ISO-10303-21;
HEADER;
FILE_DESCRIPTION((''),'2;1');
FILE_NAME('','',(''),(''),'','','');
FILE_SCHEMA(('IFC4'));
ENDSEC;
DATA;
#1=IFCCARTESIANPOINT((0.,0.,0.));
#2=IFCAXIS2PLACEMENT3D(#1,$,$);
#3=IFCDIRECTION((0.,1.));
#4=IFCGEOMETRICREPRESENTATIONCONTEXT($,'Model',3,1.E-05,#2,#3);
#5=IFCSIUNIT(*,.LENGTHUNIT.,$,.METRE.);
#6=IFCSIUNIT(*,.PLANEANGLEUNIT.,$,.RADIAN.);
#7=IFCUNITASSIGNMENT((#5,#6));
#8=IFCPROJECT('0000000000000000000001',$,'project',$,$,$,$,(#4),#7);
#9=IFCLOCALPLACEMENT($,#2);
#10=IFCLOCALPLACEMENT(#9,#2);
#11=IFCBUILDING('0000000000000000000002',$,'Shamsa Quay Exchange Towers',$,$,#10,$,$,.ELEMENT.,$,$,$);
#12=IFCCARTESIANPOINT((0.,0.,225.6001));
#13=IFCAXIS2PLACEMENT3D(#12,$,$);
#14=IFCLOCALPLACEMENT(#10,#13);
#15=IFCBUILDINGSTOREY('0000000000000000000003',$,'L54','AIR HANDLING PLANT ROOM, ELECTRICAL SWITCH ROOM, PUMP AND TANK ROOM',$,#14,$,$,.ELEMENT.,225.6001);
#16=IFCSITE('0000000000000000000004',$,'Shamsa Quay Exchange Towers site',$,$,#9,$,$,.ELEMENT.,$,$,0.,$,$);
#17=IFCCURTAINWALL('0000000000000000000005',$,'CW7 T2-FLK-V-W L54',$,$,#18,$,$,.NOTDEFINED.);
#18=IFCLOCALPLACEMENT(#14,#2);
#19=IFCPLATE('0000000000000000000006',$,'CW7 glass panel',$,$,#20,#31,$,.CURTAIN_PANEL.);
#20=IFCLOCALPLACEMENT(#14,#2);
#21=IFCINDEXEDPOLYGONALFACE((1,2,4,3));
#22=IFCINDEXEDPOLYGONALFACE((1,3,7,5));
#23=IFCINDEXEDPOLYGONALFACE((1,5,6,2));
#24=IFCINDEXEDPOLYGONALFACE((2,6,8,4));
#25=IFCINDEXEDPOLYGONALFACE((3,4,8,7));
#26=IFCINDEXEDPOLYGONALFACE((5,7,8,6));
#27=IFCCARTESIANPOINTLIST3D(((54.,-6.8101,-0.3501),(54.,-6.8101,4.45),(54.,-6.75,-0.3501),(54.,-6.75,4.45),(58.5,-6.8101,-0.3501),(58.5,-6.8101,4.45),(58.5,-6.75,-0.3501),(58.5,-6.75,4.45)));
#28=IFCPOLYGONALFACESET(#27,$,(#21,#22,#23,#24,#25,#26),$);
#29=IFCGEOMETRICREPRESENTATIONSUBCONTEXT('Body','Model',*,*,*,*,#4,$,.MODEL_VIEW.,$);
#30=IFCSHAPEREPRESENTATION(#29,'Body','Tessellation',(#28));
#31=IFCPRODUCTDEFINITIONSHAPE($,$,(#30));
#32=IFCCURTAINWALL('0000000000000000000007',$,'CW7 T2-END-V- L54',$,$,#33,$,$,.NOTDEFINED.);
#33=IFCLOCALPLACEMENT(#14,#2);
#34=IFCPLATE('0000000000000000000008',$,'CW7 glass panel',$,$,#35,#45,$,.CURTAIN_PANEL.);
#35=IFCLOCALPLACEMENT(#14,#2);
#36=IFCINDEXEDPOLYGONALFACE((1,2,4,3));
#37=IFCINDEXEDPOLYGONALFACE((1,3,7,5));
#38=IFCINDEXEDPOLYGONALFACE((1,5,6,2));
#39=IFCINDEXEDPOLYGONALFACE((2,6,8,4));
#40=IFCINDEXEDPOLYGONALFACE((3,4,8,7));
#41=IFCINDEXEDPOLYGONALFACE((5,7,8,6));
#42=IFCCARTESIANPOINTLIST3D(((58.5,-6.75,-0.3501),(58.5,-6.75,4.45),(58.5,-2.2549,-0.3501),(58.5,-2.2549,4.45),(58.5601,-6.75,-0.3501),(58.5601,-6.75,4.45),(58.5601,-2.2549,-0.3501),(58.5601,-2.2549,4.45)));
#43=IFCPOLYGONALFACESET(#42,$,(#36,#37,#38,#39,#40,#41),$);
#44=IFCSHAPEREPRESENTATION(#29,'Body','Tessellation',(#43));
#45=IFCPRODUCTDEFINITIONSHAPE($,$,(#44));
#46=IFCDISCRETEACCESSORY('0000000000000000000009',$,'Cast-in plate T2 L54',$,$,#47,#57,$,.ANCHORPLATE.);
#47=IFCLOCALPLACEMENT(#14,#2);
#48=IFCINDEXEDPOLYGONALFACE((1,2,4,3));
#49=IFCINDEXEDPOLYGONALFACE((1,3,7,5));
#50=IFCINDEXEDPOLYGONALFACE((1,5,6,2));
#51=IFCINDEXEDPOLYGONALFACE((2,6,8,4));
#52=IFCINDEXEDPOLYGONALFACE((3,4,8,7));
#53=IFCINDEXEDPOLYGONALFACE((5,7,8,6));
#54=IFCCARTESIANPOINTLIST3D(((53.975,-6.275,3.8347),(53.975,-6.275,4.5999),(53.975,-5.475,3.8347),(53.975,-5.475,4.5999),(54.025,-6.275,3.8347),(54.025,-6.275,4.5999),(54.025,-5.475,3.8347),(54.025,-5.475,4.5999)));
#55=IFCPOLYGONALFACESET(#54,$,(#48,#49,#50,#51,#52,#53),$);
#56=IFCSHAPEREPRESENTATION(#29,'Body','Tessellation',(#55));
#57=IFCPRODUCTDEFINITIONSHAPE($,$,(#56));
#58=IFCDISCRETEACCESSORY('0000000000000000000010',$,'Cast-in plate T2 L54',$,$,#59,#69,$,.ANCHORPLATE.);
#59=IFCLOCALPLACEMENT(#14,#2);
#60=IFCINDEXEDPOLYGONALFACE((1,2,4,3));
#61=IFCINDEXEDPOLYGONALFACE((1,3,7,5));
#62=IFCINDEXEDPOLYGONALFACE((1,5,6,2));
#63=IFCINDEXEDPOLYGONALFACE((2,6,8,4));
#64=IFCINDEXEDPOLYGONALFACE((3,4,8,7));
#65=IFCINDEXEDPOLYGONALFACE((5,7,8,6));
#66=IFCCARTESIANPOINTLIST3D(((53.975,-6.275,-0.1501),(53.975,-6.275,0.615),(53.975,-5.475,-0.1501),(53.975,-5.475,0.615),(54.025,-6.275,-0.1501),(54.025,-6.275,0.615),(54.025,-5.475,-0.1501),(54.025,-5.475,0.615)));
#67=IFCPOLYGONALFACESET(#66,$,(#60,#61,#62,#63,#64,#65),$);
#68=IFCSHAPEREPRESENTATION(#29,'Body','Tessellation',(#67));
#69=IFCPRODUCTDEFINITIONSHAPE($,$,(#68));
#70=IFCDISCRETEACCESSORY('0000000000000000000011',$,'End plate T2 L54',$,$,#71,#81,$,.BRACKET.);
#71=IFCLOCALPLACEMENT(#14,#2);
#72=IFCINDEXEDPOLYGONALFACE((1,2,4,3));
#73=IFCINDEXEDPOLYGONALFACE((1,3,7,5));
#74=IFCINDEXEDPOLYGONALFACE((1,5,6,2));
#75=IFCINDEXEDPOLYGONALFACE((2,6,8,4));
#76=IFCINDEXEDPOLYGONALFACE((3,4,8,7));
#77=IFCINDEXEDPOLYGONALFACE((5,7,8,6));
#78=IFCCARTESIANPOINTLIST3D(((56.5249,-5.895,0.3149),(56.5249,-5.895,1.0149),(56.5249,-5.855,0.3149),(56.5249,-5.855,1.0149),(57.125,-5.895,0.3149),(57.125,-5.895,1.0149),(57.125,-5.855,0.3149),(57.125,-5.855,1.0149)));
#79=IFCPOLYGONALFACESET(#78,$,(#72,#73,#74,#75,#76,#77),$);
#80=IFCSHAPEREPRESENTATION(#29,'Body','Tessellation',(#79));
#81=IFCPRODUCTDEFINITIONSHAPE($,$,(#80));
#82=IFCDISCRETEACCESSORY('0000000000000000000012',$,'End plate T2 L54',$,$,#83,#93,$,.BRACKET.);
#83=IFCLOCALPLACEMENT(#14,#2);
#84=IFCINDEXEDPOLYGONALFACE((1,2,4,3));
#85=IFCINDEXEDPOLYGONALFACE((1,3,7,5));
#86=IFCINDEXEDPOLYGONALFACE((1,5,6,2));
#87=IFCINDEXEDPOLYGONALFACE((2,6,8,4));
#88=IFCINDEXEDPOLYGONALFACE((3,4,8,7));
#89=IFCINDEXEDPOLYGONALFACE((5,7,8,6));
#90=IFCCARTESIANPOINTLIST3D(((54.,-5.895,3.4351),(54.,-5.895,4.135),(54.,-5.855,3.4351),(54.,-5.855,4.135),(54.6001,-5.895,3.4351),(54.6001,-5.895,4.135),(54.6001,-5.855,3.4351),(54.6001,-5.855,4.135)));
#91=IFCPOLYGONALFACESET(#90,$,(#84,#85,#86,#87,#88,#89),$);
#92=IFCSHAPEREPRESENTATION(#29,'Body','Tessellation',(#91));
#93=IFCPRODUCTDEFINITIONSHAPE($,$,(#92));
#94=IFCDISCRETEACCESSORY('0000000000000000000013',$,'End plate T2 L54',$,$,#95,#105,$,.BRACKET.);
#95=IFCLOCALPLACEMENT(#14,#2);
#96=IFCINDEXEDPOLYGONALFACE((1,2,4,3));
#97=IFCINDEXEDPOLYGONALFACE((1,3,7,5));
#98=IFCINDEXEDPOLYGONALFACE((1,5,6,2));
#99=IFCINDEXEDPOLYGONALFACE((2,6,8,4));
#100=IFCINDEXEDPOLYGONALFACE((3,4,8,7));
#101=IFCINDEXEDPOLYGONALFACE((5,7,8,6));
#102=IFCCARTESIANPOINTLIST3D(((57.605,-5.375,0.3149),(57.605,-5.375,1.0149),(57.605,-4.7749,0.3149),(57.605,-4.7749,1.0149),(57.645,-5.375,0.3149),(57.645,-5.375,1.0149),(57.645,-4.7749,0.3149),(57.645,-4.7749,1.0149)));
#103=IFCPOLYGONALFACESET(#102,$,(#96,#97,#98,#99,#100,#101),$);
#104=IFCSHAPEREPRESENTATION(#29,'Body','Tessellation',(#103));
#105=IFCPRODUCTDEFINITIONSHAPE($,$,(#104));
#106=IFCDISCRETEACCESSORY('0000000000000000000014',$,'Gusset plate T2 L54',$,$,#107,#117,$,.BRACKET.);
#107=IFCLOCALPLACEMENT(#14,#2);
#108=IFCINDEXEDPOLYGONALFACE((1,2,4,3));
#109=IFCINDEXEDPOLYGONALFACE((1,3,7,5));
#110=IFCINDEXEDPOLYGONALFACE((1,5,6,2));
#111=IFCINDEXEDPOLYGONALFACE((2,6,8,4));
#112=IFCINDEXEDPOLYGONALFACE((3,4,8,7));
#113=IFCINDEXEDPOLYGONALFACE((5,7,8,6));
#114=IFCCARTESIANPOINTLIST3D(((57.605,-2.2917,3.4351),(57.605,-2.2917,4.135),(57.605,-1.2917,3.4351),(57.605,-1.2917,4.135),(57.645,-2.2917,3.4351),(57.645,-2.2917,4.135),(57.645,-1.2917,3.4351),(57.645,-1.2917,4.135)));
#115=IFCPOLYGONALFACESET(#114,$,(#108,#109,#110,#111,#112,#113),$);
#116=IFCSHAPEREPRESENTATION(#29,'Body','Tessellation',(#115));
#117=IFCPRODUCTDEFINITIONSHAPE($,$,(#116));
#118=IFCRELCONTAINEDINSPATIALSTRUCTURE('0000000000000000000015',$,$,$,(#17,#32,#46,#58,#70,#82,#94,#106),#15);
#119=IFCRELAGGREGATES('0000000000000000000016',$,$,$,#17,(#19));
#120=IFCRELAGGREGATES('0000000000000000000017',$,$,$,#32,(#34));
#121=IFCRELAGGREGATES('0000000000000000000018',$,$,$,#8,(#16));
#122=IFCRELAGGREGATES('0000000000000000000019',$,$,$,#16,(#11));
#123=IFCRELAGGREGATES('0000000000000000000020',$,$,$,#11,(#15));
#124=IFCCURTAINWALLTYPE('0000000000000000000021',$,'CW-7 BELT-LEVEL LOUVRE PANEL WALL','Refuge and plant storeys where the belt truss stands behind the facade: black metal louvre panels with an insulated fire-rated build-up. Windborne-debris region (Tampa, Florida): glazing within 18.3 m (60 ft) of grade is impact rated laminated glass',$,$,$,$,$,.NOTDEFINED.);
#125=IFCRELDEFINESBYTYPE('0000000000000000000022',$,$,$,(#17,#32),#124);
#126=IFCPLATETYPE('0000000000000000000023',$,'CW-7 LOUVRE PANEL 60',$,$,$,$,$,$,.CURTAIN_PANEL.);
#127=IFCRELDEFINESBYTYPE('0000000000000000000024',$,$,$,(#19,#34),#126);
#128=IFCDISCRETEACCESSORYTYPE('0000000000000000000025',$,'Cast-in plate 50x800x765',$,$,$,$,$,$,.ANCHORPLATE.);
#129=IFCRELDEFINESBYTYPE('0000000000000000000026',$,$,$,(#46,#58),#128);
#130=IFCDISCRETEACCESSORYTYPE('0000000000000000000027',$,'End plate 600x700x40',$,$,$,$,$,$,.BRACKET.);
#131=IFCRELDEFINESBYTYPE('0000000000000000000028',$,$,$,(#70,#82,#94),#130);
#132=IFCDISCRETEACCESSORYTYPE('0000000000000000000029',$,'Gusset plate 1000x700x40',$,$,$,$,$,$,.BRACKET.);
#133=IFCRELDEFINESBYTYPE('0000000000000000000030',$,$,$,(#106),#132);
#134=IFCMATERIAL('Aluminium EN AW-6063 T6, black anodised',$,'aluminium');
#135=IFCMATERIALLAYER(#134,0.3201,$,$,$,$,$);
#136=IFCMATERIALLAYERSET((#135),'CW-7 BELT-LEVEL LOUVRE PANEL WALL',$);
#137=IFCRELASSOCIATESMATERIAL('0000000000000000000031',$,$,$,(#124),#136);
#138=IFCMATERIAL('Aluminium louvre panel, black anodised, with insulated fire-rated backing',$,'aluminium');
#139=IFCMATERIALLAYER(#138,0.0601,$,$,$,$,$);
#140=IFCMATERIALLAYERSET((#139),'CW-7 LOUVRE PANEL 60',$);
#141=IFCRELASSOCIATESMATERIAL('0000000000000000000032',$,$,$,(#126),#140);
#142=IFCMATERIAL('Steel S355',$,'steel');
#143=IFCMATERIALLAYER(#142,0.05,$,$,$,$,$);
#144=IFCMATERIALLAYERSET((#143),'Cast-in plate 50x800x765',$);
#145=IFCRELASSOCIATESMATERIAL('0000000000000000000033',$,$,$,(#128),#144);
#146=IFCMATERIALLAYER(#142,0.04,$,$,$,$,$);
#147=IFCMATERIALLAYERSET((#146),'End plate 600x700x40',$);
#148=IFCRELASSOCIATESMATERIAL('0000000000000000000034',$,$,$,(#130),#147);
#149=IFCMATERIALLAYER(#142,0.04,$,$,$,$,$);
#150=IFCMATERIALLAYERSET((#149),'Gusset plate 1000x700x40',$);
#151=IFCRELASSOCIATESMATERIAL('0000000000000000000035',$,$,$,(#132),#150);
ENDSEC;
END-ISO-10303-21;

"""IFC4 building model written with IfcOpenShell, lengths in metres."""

from ifc_helpers import new_model, si_unit, direction, frame, origin, origin_2d, place, context, subcontext, project, spatial, rectangle, extrude, material, layer, layer_set, type_object, element, aggregate, save


model = new_model("IFC4")

# Units and contexts
model_context = context("Model", 3, precision=1e-05, world=origin(), true_north=direction((0.0, 1.0)))
body_context = subcontext(model_context, "Body", "Model", "MODEL_VIEW")
ifc_project = project(units=[si_unit("LENGTHUNIT", "METRE"), si_unit("PLANEANGLEUNIT", "RADIAN")], contexts=[model_context])

# Site, building, storey
site_placement = place(None, origin())
site = spatial("IfcSite", under=ifc_project, at=site_placement, Name="Shamsa Quay Exchange Towers site", CompositionType="ELEMENT", RefElevation=0.0)
building_placement = place(site_placement, origin())
building = spatial("IfcBuilding", under=site, at=building_placement, Name="Shamsa Quay Exchange Towers", CompositionType="ELEMENT")
storey_placement = place(building_placement, frame((0.0, 0.0, 225.6001)))
storey = spatial("IfcBuildingStorey", under=building, at=storey_placement, Name="L54", Description="AIR HANDLING PLANT ROOM, ELECTRICAL SWITCH ROOM, PUMP AND TANK ROOM", CompositionType="ELEMENT", Elevation=225.6001)

# Shared definitions
ifc_material_1 = material(Name="Steel S355", Category="steel")

# Curtain walls, plates
ifc_material_2 = material(Name="Aluminium EN AW-6063 T6, black anodised", Category="aluminium")
ifc_layer_1 = layer(ifc_material_2, 0.3201)
ifc_layer_set_1 = layer_set([ifc_layer_1], Name="CW-7 BELT-LEVEL LOUVRE PANEL WALL")
curtain_wall_type = type_object("IfcCurtainWallType", Name="CW-7 BELT-LEVEL LOUVRE PANEL WALL", Description="Refuge and plant storeys where the belt truss stands behind the facade: black metal louvre panels with an insulated fire-rated build-up. Windborne-debris region (Tampa, Florida): glazing within 18.3 m (60 ft) of grade is impact rated laminated glass", PredefinedType="NOTDEFINED", material=ifc_layer_set_1)
curtain_wall_1_placement = place(storey_placement, origin())
curtain_wall_1 = element("IfcCurtainWall", 1, at=curtain_wall_1_placement, inside=storey, type_object=curtain_wall_type, Name="CW7 T2-FLK-V-W L54", PredefinedType="NOTDEFINED")
ifc_material_3 = material(Name="Aluminium louvre panel, black anodised, with insulated fire-rated backing", Category="aluminium")
ifc_layer_2 = layer(ifc_material_3, 0.0601)
ifc_layer_set_2 = layer_set([ifc_layer_2], Name="CW-7 LOUVRE PANEL 60")
plate_type = type_object("IfcPlateType", Name="CW-7 LOUVRE PANEL 60", PredefinedType="CURTAIN_PANEL", material=ifc_layer_set_2)
plate_1_placement = place(storey_placement, frame((56.25, -6.78, -0.3501)))
plate_1 = element("IfcPlate", 2, at=plate_1_placement, type_object=plate_type, Name="CW7 glass panel", PredefinedType="CURTAIN_PANEL", context=body_context, shape_type="SweptSolid", body=[
    extrude(rectangle(XDim=4.5, YDim=0.0601, at=origin_2d()), origin(), (0.0, 0.0, 1.0), 4.8),
])
aggregate(curtain_wall_1, [plate_1])
curtain_wall_2_placement = place(storey_placement, origin())
curtain_wall_2 = element("IfcCurtainWall", 3, at=curtain_wall_2_placement, inside=storey, type_object=curtain_wall_type, Name="CW7 T2-END-V- L54", PredefinedType="NOTDEFINED")
plate_2_placement = place(storey_placement, frame((58.53, -4.5024, -0.3501), z_axis=(0.0, 0.0, 1.0), x_axis=(0.0, 1.0, 0.0)))
plate_2 = element("IfcPlate", 4, at=plate_2_placement, type_object=plate_type, Name="CW7 glass panel", PredefinedType="CURTAIN_PANEL", context=body_context, shape_type="SweptSolid", body=[
    extrude(rectangle(XDim=4.4951, YDim=0.0601, at=origin_2d()), origin(), (0.0, 0.0, 1.0), 4.8),
])
aggregate(curtain_wall_2, [plate_2])

# Discrete accessories
ifc_layer_3 = layer(ifc_material_1, 0.05)
ifc_layer_set_3 = layer_set([ifc_layer_3], Name="Cast-in plate 50x800x765")
discrete_accessory_type_1 = type_object("IfcDiscreteAccessoryType", Name="Cast-in plate 50x800x765", PredefinedType="ANCHORPLATE", material=ifc_layer_set_3)
for number, where, z_axis, x_axis, name in (
    (5, (54.0, -5.875, 3.8347), (0.0, 0.0, 1.0), (-1.0, 0.0, 0.0), "Cast-in plate T2 L54"),
    (6, (54.0, -5.875, -0.1501), (0.0, 0.0, 1.0), (-1.0, 0.0, 0.0), "Cast-in plate T2 L54"),
):
    element("IfcDiscreteAccessory", number, at=place(storey_placement, frame(where, z_axis=z_axis, x_axis=x_axis)), inside=storey, type_object=discrete_accessory_type_1, Name=name, PredefinedType="ANCHORPLATE", context=body_context, shape_type="SweptSolid", body=[
        extrude(rectangle(XDim=0.05, YDim=0.8, at=origin_2d()), origin(), (0.0, 0.0, 1.0), 0.7651),
    ])
ifc_layer_4 = layer(ifc_material_1, 0.04)
ifc_layer_set_4 = layer_set([ifc_layer_4], Name="End plate 600x700x40")
discrete_accessory_type_2 = type_object("IfcDiscreteAccessoryType", Name="End plate 600x700x40", PredefinedType="BRACKET", material=ifc_layer_set_4)
for number, where, z_axis, x_axis, name in (
    (7, (56.825, -5.875, 0.3149), (0.0, 0.0, 1.0), (-1.0, 0.0, 0.0), "End plate T2 L54"),
    (8, (54.3, -5.875, 3.4351), (0.0, 0.0, 1.0), (-1.0, 0.0, 0.0), "End plate T2 L54"),
    (9, (57.625, -5.075, 0.3149), (0.0, 0.0, 1.0), (0.0, 1.0, 0.0), "End plate T2 L54"),
):
    element("IfcDiscreteAccessory", number, at=place(storey_placement, frame(where, z_axis=z_axis, x_axis=x_axis)), inside=storey, type_object=discrete_accessory_type_2, Name=name, PredefinedType="BRACKET", context=body_context, shape_type="SweptSolid", body=[
        extrude(rectangle(XDim=0.6001, YDim=0.04, at=origin_2d()), origin(), (0.0, 0.0, 1.0), 0.7),
    ])
ifc_layer_5 = layer(ifc_material_1, 0.04)
ifc_layer_set_5 = layer_set([ifc_layer_5], Name="Gusset plate 1000x700x40")
discrete_accessory_type_3 = type_object("IfcDiscreteAccessoryType", Name="Gusset plate 1000x700x40", PredefinedType="BRACKET", material=ifc_layer_set_5)
discrete_accessory_placement = place(storey_placement, frame((57.625, -1.7917, 3.4351), z_axis=(0.0, 0.0, 1.0), x_axis=(0.0, 1.0, 0.0)))
element("IfcDiscreteAccessory", 10, at=discrete_accessory_placement, inside=storey, type_object=discrete_accessory_type_3, Name="Gusset plate T2 L54", PredefinedType="BRACKET", context=body_context, shape_type="SweptSolid", body=[
    extrude(rectangle(XDim=1.0, YDim=0.04, at=origin_2d()), origin(), (0.0, 0.0, 1.0), 0.7),
])

save(model, "model.ifc")
